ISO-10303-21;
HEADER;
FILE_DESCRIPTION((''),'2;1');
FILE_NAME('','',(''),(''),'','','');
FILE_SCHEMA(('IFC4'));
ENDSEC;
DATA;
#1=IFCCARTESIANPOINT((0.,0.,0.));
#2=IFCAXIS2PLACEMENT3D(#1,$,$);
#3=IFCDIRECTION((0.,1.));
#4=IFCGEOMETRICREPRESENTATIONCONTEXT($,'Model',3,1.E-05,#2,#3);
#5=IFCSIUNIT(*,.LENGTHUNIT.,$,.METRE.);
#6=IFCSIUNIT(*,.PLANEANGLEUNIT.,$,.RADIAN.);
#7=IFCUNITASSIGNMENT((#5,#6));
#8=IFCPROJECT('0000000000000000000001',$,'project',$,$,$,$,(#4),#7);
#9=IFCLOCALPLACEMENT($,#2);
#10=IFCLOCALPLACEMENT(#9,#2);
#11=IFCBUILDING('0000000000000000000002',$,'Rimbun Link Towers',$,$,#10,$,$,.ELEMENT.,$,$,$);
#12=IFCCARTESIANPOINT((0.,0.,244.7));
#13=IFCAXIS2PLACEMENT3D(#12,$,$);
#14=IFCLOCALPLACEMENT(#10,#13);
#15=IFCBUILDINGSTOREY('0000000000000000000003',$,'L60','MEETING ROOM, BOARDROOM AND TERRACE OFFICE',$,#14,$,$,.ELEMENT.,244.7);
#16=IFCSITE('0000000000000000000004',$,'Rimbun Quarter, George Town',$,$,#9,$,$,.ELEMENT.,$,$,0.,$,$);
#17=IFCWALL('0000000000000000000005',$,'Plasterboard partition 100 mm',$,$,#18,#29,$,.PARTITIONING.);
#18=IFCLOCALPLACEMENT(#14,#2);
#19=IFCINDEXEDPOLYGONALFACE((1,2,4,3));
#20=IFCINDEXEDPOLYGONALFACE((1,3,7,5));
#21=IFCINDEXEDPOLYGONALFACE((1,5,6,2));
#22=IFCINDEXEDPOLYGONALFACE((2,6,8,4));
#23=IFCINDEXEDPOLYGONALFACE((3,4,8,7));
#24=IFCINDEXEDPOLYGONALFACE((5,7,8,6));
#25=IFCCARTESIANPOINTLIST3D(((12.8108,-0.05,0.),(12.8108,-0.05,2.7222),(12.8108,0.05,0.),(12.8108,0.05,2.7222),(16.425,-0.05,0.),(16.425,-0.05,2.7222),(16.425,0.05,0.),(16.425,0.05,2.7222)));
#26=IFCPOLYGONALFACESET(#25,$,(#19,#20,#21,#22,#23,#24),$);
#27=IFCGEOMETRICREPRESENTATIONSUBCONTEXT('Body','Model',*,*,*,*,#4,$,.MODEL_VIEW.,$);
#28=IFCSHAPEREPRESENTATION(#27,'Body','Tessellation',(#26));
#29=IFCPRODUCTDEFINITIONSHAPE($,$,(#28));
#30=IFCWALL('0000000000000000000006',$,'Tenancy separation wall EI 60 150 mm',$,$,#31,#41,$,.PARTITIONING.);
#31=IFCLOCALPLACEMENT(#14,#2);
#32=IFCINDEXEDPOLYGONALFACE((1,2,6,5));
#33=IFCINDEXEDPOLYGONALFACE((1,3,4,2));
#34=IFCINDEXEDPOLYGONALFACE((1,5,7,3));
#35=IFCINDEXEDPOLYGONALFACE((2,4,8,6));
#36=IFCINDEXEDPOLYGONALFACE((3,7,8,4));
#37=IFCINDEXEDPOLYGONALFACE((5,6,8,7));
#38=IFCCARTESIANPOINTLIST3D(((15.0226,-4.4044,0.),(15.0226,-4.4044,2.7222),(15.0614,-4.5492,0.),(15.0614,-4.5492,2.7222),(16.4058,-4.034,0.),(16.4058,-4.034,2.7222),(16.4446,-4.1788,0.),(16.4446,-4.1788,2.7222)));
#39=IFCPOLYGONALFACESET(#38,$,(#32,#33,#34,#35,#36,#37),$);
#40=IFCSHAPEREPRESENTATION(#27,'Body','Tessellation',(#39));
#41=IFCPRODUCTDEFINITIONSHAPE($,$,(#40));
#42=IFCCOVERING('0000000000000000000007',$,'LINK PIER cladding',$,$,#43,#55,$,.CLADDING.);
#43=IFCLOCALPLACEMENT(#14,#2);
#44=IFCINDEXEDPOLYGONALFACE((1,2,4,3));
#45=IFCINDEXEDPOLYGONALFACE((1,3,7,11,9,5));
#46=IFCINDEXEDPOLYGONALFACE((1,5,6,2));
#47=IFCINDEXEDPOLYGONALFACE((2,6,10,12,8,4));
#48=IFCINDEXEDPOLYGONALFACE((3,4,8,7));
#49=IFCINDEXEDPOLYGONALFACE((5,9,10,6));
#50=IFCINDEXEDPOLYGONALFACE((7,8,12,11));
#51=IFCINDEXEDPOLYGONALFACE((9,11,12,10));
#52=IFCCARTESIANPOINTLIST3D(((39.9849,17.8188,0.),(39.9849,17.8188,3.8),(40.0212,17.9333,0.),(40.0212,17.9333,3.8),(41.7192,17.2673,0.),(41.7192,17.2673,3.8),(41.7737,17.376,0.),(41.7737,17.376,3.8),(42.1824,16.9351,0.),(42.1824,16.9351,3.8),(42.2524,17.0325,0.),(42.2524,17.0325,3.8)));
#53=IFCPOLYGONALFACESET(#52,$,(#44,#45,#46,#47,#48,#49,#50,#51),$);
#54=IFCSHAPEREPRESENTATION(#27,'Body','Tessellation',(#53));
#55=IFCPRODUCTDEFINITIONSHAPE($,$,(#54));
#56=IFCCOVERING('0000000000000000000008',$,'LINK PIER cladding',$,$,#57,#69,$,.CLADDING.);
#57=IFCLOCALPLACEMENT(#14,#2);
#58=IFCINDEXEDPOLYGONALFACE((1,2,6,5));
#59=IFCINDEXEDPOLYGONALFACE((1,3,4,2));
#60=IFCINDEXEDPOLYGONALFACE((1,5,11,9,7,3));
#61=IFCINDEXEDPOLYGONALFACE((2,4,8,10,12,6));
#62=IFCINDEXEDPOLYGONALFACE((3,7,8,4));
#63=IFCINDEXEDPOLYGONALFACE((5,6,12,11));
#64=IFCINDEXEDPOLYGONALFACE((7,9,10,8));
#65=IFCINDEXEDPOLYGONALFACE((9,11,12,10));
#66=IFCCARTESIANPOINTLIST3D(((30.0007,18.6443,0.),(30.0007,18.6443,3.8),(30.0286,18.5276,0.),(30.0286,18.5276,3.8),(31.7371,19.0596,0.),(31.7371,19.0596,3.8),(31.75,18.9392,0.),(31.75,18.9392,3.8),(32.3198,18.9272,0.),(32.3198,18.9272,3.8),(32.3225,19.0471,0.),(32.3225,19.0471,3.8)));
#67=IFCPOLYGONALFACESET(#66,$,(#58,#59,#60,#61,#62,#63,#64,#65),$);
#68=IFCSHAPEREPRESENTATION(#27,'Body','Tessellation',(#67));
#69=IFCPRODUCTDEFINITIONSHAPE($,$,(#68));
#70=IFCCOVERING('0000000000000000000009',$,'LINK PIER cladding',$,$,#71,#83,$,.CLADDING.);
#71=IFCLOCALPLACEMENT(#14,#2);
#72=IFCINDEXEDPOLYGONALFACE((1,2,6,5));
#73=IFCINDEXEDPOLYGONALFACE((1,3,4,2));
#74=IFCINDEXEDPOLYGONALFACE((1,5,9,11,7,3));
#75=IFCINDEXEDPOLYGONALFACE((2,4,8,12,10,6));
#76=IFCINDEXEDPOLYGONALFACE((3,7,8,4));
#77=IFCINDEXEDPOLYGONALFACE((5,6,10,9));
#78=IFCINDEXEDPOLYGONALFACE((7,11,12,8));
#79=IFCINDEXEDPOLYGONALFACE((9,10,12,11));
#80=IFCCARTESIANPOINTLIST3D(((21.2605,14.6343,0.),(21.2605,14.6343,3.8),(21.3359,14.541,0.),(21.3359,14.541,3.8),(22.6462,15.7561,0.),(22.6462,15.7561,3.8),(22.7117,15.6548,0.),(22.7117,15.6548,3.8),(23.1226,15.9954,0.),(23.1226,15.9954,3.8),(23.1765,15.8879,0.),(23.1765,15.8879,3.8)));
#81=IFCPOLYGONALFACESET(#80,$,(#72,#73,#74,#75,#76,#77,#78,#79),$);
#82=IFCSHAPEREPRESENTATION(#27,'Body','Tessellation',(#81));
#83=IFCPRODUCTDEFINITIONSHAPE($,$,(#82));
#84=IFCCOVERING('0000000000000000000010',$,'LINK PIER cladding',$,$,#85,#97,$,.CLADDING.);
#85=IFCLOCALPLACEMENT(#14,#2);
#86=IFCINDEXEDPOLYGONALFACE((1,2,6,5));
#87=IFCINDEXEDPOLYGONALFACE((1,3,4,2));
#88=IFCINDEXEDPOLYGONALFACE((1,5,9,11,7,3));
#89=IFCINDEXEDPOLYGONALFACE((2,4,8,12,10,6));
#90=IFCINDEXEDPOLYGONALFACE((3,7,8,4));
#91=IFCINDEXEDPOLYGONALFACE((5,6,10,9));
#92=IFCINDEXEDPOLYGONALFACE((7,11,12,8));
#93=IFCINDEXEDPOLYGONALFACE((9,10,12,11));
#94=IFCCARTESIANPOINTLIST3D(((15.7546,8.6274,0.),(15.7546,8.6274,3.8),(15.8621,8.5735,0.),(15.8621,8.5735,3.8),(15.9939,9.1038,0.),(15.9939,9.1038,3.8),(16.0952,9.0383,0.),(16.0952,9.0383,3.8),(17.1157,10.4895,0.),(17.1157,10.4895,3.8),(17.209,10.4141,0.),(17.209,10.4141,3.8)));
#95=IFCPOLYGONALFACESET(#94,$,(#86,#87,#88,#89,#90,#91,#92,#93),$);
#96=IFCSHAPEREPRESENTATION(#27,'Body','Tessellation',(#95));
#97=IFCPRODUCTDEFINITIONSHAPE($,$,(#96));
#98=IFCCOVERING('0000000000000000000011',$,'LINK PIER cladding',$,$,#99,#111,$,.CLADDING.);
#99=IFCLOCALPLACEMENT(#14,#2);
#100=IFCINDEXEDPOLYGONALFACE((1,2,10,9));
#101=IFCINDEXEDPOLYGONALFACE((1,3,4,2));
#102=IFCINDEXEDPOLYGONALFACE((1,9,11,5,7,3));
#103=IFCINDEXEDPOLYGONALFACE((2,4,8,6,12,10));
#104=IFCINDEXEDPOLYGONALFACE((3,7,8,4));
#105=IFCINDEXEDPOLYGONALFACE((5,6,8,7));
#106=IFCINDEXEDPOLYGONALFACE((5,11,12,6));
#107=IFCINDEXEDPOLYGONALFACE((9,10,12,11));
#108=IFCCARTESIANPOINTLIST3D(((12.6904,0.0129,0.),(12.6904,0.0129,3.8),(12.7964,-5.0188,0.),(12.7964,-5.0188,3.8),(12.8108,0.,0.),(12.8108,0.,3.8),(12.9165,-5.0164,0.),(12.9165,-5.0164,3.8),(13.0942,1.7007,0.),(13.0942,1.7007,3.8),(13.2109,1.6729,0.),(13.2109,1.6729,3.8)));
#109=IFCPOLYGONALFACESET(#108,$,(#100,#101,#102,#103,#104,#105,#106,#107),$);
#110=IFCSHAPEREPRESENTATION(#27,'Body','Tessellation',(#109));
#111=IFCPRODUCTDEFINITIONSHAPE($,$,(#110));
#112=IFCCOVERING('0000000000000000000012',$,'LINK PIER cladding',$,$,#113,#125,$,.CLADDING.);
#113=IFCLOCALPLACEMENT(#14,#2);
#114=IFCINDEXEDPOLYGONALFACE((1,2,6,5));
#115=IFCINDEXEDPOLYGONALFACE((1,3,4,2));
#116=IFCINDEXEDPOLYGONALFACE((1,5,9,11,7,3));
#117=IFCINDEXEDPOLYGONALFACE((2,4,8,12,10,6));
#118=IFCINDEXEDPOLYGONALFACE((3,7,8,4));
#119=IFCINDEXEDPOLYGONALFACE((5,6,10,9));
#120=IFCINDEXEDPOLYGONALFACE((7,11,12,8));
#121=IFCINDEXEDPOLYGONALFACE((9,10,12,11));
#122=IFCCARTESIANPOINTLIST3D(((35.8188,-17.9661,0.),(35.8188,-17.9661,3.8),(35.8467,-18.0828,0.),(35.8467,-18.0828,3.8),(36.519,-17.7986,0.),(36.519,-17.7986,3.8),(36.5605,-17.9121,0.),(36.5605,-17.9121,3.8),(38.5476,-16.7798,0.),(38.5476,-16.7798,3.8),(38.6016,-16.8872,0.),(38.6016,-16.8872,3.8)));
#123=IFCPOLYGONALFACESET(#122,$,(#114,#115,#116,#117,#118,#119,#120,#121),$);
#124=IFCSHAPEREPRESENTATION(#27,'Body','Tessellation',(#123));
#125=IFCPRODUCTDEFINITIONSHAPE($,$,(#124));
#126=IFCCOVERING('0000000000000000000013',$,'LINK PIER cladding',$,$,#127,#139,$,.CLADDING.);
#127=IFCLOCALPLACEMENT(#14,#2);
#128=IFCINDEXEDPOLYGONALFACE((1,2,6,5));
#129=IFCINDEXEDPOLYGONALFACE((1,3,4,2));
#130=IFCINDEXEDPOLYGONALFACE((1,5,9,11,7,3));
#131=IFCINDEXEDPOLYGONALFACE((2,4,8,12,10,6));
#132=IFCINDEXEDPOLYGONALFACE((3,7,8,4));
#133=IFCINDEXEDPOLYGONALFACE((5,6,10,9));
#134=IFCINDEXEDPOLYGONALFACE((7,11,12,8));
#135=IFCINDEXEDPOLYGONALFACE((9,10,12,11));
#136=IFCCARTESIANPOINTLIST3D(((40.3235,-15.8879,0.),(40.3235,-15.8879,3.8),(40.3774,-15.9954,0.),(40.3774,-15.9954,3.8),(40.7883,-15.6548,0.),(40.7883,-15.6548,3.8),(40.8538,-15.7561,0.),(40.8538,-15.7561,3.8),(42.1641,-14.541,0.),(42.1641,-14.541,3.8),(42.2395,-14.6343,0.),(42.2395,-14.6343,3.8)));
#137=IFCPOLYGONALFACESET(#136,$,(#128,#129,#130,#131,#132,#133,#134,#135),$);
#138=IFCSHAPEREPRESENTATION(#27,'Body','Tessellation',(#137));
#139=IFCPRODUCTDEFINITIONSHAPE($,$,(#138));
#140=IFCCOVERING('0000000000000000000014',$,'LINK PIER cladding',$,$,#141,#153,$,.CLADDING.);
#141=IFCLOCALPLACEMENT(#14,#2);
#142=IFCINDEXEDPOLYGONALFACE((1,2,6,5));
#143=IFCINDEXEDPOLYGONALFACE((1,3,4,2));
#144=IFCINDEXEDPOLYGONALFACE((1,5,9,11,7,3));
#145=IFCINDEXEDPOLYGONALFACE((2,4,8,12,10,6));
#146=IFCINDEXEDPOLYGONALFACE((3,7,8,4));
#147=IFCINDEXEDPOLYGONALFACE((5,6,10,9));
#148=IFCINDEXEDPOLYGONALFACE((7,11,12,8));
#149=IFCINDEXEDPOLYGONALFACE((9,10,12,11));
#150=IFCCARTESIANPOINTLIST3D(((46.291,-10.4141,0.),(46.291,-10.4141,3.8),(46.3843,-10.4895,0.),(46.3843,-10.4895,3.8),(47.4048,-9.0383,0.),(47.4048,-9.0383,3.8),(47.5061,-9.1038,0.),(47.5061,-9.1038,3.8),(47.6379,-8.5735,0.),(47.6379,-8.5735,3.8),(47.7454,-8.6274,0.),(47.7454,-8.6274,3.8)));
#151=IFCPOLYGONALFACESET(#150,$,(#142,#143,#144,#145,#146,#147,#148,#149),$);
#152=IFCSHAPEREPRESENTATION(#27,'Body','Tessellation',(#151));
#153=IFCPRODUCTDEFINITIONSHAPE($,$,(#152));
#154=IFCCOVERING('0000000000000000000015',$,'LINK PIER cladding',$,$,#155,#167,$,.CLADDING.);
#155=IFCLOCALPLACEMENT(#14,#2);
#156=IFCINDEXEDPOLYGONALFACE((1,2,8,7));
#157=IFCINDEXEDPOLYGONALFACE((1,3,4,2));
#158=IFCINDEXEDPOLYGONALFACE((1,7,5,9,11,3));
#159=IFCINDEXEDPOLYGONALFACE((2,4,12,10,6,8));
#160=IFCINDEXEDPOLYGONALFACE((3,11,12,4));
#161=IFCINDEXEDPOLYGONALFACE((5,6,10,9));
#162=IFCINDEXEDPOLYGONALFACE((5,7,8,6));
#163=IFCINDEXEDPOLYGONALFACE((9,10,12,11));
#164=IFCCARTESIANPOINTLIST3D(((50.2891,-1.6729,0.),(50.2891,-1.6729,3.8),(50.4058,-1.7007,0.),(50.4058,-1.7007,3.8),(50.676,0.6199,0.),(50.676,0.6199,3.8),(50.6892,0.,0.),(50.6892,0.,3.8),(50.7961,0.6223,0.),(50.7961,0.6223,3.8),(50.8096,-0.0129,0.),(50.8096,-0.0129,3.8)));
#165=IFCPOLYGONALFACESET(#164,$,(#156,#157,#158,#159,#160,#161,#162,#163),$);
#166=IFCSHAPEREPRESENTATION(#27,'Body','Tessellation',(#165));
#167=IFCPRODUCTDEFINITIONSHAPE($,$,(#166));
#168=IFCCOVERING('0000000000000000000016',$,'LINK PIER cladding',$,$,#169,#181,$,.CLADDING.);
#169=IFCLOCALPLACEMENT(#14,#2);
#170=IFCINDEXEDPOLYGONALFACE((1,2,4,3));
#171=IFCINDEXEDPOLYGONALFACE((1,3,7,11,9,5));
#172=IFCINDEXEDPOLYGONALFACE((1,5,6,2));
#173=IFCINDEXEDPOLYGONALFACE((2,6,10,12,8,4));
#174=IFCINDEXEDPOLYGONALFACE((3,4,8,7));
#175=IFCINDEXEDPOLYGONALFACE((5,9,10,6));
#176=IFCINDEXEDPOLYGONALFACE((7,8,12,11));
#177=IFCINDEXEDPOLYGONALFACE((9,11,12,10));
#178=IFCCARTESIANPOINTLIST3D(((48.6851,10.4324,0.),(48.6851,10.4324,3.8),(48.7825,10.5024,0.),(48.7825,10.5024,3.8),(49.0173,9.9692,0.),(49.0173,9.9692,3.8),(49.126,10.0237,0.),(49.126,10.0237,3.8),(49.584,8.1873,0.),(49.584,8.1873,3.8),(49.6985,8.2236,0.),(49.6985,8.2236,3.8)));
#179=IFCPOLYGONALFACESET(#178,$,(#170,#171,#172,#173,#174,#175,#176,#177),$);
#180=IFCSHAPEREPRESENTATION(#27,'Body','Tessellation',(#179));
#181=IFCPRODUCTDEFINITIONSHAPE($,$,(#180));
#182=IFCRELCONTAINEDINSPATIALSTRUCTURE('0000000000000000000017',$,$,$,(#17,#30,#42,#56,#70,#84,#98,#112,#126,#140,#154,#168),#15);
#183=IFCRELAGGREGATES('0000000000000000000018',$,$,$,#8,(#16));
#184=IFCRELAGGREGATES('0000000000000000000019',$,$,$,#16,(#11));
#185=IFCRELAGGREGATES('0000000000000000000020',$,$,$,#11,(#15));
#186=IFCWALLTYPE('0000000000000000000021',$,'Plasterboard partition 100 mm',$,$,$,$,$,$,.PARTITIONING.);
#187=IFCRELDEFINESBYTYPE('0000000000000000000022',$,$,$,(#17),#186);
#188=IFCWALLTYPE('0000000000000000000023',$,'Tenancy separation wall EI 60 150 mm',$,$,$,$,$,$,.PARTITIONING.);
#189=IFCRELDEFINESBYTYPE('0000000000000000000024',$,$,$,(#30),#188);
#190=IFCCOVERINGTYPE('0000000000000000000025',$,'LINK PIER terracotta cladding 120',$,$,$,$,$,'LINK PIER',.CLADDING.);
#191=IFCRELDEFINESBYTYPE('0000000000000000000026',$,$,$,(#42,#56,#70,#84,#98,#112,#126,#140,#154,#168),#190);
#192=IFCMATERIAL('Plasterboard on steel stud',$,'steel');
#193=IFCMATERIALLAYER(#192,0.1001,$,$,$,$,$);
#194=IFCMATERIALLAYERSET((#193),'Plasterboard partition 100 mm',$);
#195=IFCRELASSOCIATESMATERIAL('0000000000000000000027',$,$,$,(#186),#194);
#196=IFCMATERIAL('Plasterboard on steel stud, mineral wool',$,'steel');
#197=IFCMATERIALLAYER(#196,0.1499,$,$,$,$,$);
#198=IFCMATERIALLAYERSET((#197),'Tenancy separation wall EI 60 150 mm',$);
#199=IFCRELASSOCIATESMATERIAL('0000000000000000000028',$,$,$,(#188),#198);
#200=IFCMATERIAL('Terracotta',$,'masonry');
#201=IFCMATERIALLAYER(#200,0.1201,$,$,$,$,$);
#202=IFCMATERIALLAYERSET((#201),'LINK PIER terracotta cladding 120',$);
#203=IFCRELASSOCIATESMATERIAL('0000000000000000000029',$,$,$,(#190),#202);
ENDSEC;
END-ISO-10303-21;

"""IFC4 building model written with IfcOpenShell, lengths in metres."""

from ifc_helpers import new_model, si_unit, direction, frame, frame_2d, origin, place, context, subcontext, project, spatial, polyline, rectangle, outline, extrude, material, layer, layer_set, type_object, element, save


model = new_model("IFC4")

# Units and contexts
model_context = context("Model", 3, precision=1e-05, world=origin(), true_north=direction((0.0, 1.0)))
body_context = subcontext(model_context, "Body", "Model", "MODEL_VIEW")
ifc_project = project(units=[si_unit("LENGTHUNIT", "METRE"), si_unit("PLANEANGLEUNIT", "RADIAN")], contexts=[model_context])

# Site, building, storey
site_placement = place(None, origin())
site = spatial("IfcSite", under=ifc_project, at=site_placement, Name="Rimbun Quarter, George Town", CompositionType="ELEMENT", RefElevation=0.0)
building_placement = place(site_placement, origin())
building = spatial("IfcBuilding", under=site, at=building_placement, Name="Rimbun Link Towers", CompositionType="ELEMENT")
storey_placement = place(building_placement, frame((0.0, 0.0, 244.7)))
storey = spatial("IfcBuildingStorey", under=building, at=storey_placement, Name="L60", Description="MEETING ROOM, BOARDROOM AND TERRACE OFFICE", CompositionType="ELEMENT", Elevation=244.7)

# Walls
ifc_material_1 = material(Name="Plasterboard on steel stud", Category="steel")
ifc_layer_1 = layer(ifc_material_1, 0.1001)
ifc_layer_set_1 = layer_set([ifc_layer_1], Name="Plasterboard partition 100 mm")
wall_type_1 = type_object("IfcWallType", Name="Plasterboard partition 100 mm", PredefinedType="PARTITIONING", material=ifc_layer_set_1)
wall_1_placement = place(storey_placement, frame((12.8108, 0.0, 0.0), z_axis=(0.0, 0.0, 1.0), x_axis=(1.0, 0.0, 0.0)))
element("IfcWall", 1, at=wall_1_placement, inside=storey, type_object=wall_type_1, Name="Plasterboard partition 100 mm", PredefinedType="PARTITIONING", context=body_context, shape_type="SweptSolid", body=[
    extrude(rectangle(XDim=3.6143, YDim=0.1001, at=frame_2d((1.8071, 0.0))), origin(), (0.0, 0.0, 1.0), 2.7222),
])
ifc_material_2 = material(Name="Plasterboard on steel stud, mineral wool", Category="steel")
ifc_layer_2 = layer(ifc_material_2, 0.1499)
ifc_layer_set_2 = layer_set([ifc_layer_2], Name="Tenancy separation wall EI 60 150 mm")
wall_type_2 = type_object("IfcWallType", Name="Tenancy separation wall EI 60 150 mm", PredefinedType="PARTITIONING", material=ifc_layer_set_2)
wall_2_placement = place(storey_placement, frame((16.425, -4.1064, 0.0), z_axis=(0.0, 0.0, 1.0), x_axis=(-0.965966, -0.258671, 0.0)))
element("IfcWall", 2, at=wall_2_placement, inside=storey, type_object=wall_type_2, Name="Tenancy separation wall EI 60 150 mm", PredefinedType="PARTITIONING", context=body_context, shape_type="SweptSolid", body=[
    extrude(rectangle(XDim=1.4319, YDim=0.1499, at=frame_2d((0.7158, 0.0))), origin(), (0.0, 0.0, 1.0), 2.7222),
])

# Coverings
ifc_material_3 = material(Name="Terracotta", Category="masonry")
ifc_layer_3 = layer(ifc_material_3, 0.1201)
ifc_layer_set_3 = layer_set([ifc_layer_3], Name="LINK PIER terracotta cladding 120")
covering_type_1 = type_object("IfcCoveringType", Name="LINK PIER terracotta cladding 120", ElementType="LINK PIER", PredefinedType="CLADDING", material=ifc_layer_set_3)
covering_1_placement = place(storey_placement, origin())
element("IfcCovering", 3, at=covering_1_placement, inside=storey, type_object=covering_type_1, Name="LINK PIER cladding", PredefinedType="CLADDING", context=body_context, shape_type="SweptSolid", body=[
    extrude(outline(polyline([(39.9849, 17.8188), (41.7192, 17.2673), (42.1824, 16.9351), (42.2524, 17.0325), (41.7737, 17.376), (40.0212, 17.9333), (39.9849, 17.8188)])), origin(), (0.0, 0.0, 1.0), 3.8),
])
covering_2_placement = place(storey_placement, origin())
element("IfcCovering", 4, at=covering_2_placement, inside=storey, type_object=covering_type_1, Name="LINK PIER cladding", PredefinedType="CLADDING", context=body_context, shape_type="SweptSolid", body=[
    extrude(outline(polyline([(30.0286, 18.5276), (31.75, 18.9392), (32.3198, 18.9272), (32.3225, 19.0471), (31.7371, 19.0596), (30.0007, 18.6443), (30.0286, 18.5276)])), origin(), (0.0, 0.0, 1.0), 3.8),
])
covering_3_placement = place(storey_placement, origin())
element("IfcCovering", 5, at=covering_3_placement, inside=storey, type_object=covering_type_1, Name="LINK PIER cladding", PredefinedType="CLADDING", context=body_context, shape_type="SweptSolid", body=[
    extrude(outline(polyline([(21.3359, 14.541), (22.7117, 15.6548), (23.1765, 15.8879), (23.1226, 15.9954), (22.6462, 15.7561), (21.2605, 14.6343), (21.3359, 14.541)])), origin(), (0.0, 0.0, 1.0), 3.8),
])
covering_4_placement = place(storey_placement, origin())
element("IfcCovering", 6, at=covering_4_placement, inside=storey, type_object=covering_type_1, Name="LINK PIER cladding", PredefinedType="CLADDING", context=body_context, shape_type="SweptSolid", body=[
    extrude(outline(polyline([(15.8621, 8.5735), (16.0952, 9.0383), (17.209, 10.4141), (17.1157, 10.4895), (15.9939, 9.1038), (15.7546, 8.6274), (15.8621, 8.5735)])), origin(), (0.0, 0.0, 1.0), 3.8),
])
covering_5_placement = place(storey_placement, origin())
element("IfcCovering", 7, at=covering_5_placement, inside=storey, type_object=covering_type_1, Name="LINK PIER cladding", PredefinedType="CLADDING", context=body_context, shape_type="SweptSolid", body=[
    extrude(outline(polyline([(12.9165, -5.0164), (12.8108, 0.0), (13.2109, 1.6729), (13.0942, 1.7007), (12.6904, 0.0129), (12.7964, -5.0188), (12.9165, -5.0164)])), origin(), (0.0, 0.0, 1.0), 3.8),
])
covering_6_placement = place(storey_placement, origin())
element("IfcCovering", 8, at=covering_6_placement, inside=storey, type_object=covering_type_1, Name="LINK PIER cladding", PredefinedType="CLADDING", context=body_context, shape_type="SweptSolid", body=[
    extrude(outline(polyline([(38.5476, -16.7798), (36.519, -17.7986), (35.8188, -17.9661), (35.8467, -18.0828), (36.5605, -17.9121), (38.6016, -16.8872), (38.5476, -16.7798)])), origin(), (0.0, 0.0, 1.0), 3.8),
])
covering_7_placement = place(storey_placement, origin())
element("IfcCovering", 9, at=covering_7_placement, inside=storey, type_object=covering_type_1, Name="LINK PIER cladding", PredefinedType="CLADDING", context=body_context, shape_type="SweptSolid", body=[
    extrude(outline(polyline([(42.1641, -14.541), (40.7883, -15.6548), (40.3235, -15.8879), (40.3774, -15.9954), (40.8538, -15.7561), (42.2395, -14.6343), (42.1641, -14.541)])), origin(), (0.0, 0.0, 1.0), 3.8),
])
covering_8_placement = place(storey_placement, origin())
element("IfcCovering", 10, at=covering_8_placement, inside=storey, type_object=covering_type_1, Name="LINK PIER cladding", PredefinedType="CLADDING", context=body_context, shape_type="SweptSolid", body=[
    extrude(outline(polyline([(47.6379, -8.5735), (47.4048, -9.0383), (46.291, -10.4141), (46.3843, -10.4895), (47.5061, -9.1038), (47.7454, -8.6274), (47.6379, -8.5735)])), origin(), (0.0, 0.0, 1.0), 3.8),
])
covering_9_placement = place(storey_placement, origin())
element("IfcCovering", 11, at=covering_9_placement, inside=storey, type_object=covering_type_1, Name="LINK PIER cladding", PredefinedType="CLADDING", context=body_context, shape_type="SweptSolid", body=[
    extrude(outline(polyline([(50.676, 0.6199), (50.6892, 0.0), (50.2891, -1.6729), (50.4058, -1.7007), (50.8096, -0.0129), (50.7961, 0.6223), (50.676, 0.6199)])), origin(), (0.0, 0.0, 1.0), 3.8),
])
covering_10_placement = place(storey_placement, origin())
element("IfcCovering", 12, at=covering_10_placement, inside=storey, type_object=covering_type_1, Name="LINK PIER cladding", PredefinedType="CLADDING", context=body_context, shape_type="SweptSolid", body=[
    extrude(outline(polyline([(48.6851, 10.4324), (49.0173, 9.9692), (49.584, 8.1873), (49.6985, 8.2236), (49.126, 10.0237), (48.7825, 10.5024), (48.6851, 10.4324)])), origin(), (0.0, 0.0, 1.0), 3.8),
])

save(model, "model.ifc")
